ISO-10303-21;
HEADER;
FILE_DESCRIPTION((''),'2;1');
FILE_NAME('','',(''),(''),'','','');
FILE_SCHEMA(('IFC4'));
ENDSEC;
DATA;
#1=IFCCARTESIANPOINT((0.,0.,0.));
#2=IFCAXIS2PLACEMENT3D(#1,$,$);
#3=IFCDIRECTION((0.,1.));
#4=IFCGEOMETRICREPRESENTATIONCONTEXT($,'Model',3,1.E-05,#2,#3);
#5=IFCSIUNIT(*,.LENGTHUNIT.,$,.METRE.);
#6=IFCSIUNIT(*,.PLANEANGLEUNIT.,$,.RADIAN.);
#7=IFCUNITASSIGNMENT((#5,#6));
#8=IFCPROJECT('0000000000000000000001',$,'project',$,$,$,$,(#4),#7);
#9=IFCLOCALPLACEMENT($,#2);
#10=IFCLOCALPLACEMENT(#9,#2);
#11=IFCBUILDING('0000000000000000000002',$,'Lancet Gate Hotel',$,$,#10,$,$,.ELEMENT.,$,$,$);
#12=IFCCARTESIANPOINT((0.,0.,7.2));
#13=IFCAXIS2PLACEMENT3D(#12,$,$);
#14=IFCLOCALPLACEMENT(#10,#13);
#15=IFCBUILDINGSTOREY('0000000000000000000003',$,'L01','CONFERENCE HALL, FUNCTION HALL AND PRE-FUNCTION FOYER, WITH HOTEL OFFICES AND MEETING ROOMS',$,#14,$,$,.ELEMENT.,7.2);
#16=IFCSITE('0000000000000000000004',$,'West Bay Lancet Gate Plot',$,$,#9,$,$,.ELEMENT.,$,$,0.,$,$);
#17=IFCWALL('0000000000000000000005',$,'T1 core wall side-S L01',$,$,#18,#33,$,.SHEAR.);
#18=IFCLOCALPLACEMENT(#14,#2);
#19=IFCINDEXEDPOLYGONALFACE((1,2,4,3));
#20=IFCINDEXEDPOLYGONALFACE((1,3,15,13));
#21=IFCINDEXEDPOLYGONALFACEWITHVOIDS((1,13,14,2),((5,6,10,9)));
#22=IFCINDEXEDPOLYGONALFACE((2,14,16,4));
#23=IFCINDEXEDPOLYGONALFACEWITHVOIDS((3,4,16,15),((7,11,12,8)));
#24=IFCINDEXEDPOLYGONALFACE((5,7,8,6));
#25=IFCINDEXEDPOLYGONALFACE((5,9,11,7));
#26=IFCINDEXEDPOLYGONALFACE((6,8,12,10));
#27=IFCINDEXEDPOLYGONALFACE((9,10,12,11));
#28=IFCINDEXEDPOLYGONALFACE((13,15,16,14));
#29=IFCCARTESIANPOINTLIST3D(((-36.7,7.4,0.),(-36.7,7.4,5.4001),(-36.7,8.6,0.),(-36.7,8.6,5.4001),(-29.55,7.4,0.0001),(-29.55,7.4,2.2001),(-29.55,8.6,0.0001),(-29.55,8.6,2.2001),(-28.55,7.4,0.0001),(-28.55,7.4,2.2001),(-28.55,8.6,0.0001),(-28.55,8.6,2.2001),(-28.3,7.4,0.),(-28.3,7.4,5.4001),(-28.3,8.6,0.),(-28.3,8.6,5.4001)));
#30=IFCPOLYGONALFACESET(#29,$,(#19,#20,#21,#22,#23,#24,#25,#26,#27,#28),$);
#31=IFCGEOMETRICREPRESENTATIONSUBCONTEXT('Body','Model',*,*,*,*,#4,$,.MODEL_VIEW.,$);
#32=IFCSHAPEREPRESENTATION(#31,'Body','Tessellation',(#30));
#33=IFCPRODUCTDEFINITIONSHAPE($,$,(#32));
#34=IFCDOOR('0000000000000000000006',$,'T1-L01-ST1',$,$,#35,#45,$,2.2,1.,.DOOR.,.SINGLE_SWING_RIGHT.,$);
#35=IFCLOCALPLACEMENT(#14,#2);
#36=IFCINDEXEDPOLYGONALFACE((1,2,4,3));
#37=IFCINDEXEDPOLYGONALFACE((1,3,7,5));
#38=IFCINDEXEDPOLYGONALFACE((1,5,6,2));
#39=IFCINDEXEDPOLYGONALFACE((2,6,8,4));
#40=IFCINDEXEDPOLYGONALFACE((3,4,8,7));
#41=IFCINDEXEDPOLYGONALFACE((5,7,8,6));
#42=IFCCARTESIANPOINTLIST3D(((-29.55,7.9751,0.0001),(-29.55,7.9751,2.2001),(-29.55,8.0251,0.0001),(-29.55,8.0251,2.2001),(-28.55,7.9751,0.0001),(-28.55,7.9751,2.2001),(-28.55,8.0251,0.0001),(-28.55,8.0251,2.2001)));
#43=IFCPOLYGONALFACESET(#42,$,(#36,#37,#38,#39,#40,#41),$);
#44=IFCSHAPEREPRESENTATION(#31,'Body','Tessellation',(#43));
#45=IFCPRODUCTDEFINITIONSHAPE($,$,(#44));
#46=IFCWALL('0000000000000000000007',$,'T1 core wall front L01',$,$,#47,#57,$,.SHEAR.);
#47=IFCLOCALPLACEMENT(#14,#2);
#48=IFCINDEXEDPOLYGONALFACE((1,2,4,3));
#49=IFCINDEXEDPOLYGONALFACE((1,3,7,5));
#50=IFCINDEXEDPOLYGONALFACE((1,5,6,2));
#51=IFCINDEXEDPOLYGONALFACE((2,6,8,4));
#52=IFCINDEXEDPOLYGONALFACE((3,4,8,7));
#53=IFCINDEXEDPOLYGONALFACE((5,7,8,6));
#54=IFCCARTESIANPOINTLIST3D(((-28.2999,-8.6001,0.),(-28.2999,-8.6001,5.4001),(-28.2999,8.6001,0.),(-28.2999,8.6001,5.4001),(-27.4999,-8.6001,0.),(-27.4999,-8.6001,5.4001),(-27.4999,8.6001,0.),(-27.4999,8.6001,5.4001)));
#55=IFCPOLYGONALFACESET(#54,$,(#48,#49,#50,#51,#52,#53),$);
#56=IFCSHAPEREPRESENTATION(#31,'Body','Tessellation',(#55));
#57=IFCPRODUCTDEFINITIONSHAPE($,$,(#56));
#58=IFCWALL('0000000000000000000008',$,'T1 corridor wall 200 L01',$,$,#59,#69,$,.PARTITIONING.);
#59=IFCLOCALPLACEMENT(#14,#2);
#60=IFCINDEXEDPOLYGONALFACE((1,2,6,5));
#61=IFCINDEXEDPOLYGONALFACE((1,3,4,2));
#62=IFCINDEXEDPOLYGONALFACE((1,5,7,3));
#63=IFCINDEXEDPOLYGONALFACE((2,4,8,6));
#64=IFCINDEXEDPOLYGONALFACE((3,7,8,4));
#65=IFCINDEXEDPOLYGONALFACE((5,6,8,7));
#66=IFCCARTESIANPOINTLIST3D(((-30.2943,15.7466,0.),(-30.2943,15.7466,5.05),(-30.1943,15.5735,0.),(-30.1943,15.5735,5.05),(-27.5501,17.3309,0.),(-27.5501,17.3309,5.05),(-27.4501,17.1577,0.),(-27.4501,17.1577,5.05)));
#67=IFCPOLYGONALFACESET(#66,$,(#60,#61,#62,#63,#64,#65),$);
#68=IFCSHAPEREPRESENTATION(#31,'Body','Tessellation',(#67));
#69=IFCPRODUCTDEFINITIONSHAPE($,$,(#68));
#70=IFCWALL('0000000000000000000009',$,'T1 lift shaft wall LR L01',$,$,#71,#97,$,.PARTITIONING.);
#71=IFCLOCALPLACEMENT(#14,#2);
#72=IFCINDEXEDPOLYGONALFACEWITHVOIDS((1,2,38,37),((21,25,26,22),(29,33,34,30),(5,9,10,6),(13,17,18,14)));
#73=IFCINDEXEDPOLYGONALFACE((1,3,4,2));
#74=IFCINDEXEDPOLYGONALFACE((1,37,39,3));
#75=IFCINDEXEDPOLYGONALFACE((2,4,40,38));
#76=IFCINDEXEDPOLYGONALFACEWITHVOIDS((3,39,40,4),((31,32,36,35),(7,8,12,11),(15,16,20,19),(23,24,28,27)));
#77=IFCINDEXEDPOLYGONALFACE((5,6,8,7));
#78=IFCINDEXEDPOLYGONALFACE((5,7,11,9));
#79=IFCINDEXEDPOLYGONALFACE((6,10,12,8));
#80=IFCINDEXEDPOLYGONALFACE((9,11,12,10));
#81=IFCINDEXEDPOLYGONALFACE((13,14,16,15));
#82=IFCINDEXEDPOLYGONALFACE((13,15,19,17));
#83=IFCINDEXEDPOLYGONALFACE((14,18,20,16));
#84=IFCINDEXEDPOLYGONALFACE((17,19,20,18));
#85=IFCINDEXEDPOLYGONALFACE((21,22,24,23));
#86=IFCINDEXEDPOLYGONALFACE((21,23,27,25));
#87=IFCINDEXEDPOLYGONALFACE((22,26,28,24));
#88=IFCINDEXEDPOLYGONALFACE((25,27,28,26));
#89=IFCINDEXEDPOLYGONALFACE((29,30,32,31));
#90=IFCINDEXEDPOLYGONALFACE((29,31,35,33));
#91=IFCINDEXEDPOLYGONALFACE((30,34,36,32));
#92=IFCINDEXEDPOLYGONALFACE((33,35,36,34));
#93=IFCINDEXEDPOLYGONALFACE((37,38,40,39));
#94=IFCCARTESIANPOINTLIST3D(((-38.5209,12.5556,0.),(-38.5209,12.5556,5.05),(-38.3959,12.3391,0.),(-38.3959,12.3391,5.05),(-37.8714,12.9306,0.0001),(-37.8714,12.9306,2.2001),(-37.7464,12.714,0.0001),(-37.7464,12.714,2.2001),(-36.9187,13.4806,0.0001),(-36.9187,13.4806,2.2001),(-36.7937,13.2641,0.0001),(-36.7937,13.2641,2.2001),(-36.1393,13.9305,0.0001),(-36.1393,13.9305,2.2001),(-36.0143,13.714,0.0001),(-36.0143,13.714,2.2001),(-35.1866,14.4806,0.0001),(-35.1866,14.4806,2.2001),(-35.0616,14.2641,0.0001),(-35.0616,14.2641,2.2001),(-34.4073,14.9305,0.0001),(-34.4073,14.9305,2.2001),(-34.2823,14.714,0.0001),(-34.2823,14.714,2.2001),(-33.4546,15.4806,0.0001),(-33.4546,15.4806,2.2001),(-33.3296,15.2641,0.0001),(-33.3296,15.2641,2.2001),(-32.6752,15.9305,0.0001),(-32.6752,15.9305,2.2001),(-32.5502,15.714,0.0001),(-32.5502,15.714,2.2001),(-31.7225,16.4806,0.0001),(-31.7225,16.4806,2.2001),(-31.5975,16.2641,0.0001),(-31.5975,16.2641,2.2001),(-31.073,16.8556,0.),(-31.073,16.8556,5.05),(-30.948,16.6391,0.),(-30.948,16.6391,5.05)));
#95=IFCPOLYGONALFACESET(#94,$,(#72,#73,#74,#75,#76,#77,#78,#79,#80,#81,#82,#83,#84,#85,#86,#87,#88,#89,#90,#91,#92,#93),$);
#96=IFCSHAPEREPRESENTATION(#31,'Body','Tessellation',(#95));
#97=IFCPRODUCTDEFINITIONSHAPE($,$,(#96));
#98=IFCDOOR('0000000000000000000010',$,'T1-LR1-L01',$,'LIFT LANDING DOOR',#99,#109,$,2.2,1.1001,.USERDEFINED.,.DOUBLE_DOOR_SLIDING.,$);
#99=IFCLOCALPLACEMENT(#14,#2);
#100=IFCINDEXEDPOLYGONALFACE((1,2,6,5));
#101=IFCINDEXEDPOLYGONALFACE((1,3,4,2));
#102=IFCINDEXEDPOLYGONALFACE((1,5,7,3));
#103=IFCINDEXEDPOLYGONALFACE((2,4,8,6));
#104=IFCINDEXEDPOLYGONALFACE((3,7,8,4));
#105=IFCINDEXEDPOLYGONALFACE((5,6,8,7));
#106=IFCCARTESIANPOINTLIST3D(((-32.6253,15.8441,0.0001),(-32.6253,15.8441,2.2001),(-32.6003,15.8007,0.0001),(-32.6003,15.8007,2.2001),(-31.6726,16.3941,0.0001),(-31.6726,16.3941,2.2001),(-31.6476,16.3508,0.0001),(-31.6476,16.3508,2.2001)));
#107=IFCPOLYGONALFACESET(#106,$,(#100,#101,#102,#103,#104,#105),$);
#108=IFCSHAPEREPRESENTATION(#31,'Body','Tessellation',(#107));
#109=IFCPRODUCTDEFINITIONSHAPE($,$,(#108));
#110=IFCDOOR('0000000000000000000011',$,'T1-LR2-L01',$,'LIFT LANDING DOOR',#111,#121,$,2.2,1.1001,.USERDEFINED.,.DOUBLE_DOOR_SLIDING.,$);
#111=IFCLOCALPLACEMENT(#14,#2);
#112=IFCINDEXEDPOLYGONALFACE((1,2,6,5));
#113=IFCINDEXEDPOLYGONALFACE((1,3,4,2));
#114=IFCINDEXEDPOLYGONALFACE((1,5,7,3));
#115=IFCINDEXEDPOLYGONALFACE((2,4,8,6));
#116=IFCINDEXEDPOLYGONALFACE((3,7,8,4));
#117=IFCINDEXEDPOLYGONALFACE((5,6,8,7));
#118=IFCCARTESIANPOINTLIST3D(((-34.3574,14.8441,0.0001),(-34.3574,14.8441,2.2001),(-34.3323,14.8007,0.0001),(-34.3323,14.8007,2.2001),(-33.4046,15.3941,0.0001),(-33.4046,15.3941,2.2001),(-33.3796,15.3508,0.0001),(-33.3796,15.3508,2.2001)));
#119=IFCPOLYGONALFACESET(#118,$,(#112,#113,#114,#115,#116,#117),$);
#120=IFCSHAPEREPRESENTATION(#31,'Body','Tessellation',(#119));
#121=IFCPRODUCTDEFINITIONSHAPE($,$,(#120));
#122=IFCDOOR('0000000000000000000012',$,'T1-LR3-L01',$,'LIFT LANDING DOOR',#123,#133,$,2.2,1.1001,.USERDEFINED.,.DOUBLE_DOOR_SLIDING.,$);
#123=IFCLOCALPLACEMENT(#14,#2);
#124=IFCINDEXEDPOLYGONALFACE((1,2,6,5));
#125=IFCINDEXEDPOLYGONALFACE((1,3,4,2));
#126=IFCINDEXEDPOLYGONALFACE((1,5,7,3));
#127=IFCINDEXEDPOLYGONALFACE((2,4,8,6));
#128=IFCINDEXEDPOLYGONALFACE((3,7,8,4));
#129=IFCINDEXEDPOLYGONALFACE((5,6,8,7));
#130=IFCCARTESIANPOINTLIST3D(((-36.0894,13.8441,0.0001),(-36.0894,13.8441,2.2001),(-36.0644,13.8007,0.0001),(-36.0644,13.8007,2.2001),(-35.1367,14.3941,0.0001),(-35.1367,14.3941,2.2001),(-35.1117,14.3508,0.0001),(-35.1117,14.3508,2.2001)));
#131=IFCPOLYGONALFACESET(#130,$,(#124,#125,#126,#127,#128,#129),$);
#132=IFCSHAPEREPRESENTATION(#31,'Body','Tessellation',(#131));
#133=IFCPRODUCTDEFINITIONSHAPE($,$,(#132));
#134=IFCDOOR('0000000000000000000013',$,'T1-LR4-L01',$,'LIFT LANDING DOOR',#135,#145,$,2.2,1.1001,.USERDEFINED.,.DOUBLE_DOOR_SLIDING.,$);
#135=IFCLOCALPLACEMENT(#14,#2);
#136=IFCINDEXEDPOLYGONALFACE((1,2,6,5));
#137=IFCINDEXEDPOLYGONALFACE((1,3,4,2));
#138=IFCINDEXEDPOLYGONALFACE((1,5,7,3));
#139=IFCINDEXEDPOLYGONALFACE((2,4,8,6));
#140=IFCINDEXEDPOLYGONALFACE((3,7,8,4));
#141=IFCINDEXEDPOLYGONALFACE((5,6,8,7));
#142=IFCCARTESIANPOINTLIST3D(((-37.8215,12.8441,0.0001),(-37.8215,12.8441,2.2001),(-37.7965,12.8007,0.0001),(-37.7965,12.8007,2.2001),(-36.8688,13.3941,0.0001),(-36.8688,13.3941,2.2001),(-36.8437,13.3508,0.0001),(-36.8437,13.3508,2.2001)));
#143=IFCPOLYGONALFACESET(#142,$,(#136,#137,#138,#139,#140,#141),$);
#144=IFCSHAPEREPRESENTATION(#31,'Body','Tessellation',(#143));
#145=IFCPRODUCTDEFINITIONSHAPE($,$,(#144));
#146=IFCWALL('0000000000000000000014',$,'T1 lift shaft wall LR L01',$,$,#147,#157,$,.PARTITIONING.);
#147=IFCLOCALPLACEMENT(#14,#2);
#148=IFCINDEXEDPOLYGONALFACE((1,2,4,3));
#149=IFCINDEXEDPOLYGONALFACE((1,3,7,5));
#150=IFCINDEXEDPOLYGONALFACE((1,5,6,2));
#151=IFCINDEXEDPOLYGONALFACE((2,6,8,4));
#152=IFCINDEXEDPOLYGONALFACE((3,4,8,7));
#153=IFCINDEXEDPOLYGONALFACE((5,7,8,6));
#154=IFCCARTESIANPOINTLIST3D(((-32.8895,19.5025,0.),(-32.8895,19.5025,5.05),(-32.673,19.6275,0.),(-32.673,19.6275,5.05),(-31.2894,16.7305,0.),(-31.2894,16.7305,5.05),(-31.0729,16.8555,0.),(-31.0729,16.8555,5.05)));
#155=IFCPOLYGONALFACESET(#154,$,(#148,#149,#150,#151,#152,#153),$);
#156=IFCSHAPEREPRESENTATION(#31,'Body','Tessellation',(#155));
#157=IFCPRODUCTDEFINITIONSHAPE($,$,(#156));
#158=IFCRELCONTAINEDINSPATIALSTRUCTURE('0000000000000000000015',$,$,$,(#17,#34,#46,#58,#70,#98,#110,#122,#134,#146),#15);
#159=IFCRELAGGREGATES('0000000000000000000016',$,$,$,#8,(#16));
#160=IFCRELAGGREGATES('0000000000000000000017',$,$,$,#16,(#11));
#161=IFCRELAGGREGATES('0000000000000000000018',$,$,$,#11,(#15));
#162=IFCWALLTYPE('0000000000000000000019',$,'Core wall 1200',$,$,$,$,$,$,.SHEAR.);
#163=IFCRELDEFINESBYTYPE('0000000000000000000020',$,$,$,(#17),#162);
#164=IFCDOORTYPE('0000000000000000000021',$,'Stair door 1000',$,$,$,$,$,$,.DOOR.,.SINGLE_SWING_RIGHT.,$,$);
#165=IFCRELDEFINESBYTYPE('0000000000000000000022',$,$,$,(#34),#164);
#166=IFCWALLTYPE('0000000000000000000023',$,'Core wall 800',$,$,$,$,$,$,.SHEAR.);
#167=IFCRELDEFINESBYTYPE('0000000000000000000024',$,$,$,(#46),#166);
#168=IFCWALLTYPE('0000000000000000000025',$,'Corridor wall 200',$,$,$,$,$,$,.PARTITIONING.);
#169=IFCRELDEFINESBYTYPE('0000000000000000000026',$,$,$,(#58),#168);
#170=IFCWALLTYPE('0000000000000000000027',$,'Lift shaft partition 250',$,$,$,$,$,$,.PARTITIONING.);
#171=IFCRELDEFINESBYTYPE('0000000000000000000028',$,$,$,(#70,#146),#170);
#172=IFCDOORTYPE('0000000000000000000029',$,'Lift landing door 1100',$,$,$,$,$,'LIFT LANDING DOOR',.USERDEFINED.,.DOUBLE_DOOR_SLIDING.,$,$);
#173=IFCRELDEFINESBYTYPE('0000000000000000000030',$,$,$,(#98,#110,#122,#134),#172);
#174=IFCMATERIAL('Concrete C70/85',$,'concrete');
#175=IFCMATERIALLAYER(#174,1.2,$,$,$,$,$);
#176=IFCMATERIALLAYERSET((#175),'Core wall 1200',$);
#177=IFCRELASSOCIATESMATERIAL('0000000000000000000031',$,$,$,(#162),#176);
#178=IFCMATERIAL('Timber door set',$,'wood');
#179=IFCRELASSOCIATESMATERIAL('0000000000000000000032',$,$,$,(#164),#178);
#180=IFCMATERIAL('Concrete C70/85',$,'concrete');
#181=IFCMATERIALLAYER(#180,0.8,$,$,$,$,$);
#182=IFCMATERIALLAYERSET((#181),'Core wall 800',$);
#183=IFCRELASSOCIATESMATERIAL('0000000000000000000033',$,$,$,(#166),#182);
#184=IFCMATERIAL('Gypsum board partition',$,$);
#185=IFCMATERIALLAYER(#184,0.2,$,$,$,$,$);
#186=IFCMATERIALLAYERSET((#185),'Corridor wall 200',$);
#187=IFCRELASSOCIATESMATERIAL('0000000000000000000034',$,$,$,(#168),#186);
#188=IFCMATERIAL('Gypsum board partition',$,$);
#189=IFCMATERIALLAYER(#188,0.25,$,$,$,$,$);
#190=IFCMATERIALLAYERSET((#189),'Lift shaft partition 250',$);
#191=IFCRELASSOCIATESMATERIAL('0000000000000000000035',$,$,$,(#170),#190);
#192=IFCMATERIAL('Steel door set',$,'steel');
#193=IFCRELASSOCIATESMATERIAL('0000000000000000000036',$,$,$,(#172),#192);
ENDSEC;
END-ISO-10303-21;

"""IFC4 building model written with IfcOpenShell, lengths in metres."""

from ifc_helpers import new_model, si_unit, direction, frame, frame_2d, origin, place, context, subcontext, project, spatial, rectangle, extrude, material, layer, layer_set, type_object, element, fill, save


model = new_model("IFC4")

# Units and contexts
model_context = context("Model", 3, precision=1e-05, world=origin(), true_north=direction((0.0, 1.0)))
body_context = subcontext(model_context, "Body", "Model", "MODEL_VIEW")
ifc_project = project(units=[si_unit("LENGTHUNIT", "METRE"), si_unit("PLANEANGLEUNIT", "RADIAN")], contexts=[model_context])

# Site, building, storey
site_placement = place(None, origin())
site = spatial("IfcSite", under=ifc_project, at=site_placement, Name="West Bay Lancet Gate Plot", CompositionType="ELEMENT", RefElevation=0.0)
building_placement = place(site_placement, origin())
building = spatial("IfcBuilding", under=site, at=building_placement, Name="Lancet Gate Hotel", CompositionType="ELEMENT")
storey_placement = place(building_placement, frame((0.0, 0.0, 7.2)))
storey = spatial("IfcBuildingStorey", under=building, at=storey_placement, Name="L01", Description="CONFERENCE HALL, FUNCTION HALL AND PRE-FUNCTION FOYER, WITH HOTEL OFFICES AND MEETING ROOMS", CompositionType="ELEMENT", Elevation=7.2)

# Wall, opening, door
ifc_material_1 = material(Name="Concrete C70/85", Category="concrete")
ifc_layer_1 = layer(ifc_material_1, 1.2)
ifc_layer_set_1 = layer_set([ifc_layer_1], Name="Core wall 1200")
wall_type_1 = type_object("IfcWallType", Name="Core wall 1200", PredefinedType="SHEAR", material=ifc_layer_set_1)
wall_1_placement = place(storey_placement, frame((-28.3, 8.0, 0.0), z_axis=(0.0, 0.0, 1.0), x_axis=(-1.0, 0.0, 0.0)))
wall_1 = element("IfcWall", 1, at=wall_1_placement, inside=storey, type_object=wall_type_1, Name="T1 core wall side-S L01", PredefinedType="SHEAR", context=body_context, shape_type="SweptSolid", body=[
    extrude(rectangle(XDim=8.3999, YDim=1.2, at=frame_2d((4.2, 0.0))), origin(), (0.0, 0.0, 1.0), 5.4001),
])
opening_1_placement = place(wall_1_placement, frame((0.25, 0.0, 0.0)))
opening_1 = element("IfcOpeningElement", 2, at=opening_1_placement, cuts=wall_1, PredefinedType="OPENING", context=body_context, shape_type="SweptSolid", body=[
    extrude(rectangle(XDim=1.0, YDim=2.2, at=frame_2d((0.5, 1.1001))), frame((0.0, 0.6099, 0.0), z_axis=(0.0, -1.0, 0.0), x_axis=(1.0, 0.0, 0.0)), (0.0, 0.0, 1.0), 1.22),
])
ifc_material_2 = material(Name="Timber door set", Category="wood")
door_type_1 = type_object("IfcDoorType", Name="Stair door 1000", OperationType="SINGLE_SWING_RIGHT", PredefinedType="DOOR", material=ifc_material_2)
door_1_placement = place(opening_1_placement, origin())
door_1 = element("IfcDoor", 3, at=door_1_placement, inside=storey, type_object=door_type_1, Name="T1-L01-ST1", OperationType="SINGLE_SWING_RIGHT", OverallHeight=2.2, OverallWidth=1.0, PredefinedType="DOOR", context=body_context, shape_type="SweptSolid", body=[
    extrude(rectangle(XDim=1.0, YDim=2.2, at=frame_2d((0.5, 1.1001))), frame((0.0, 0.0249, 0.0), z_axis=(0.0, -1.0, 0.0), x_axis=(1.0, 0.0, 0.0)), (0.0, 0.0, 1.0), 0.05),
])
fill(opening_1, door_1)

# Walls
ifc_material_3 = material(Name="Concrete C70/85", Category="concrete")
ifc_layer_2 = layer(ifc_material_3, 0.8)
ifc_layer_set_2 = layer_set([ifc_layer_2], Name="Core wall 800")
wall_type_2 = type_object("IfcWallType", Name="Core wall 800", PredefinedType="SHEAR", material=ifc_layer_set_2)
wall_2_placement = place(storey_placement, frame((-27.8999, 8.6001, 0.0), z_axis=(0.0, 0.0, 1.0), x_axis=(0.0, -1.0, 0.0)))
element("IfcWall", 4, at=wall_2_placement, inside=storey, type_object=wall_type_2, Name="T1 core wall front L01", PredefinedType="SHEAR", context=body_context, shape_type="SweptSolid", body=[
    extrude(rectangle(XDim=17.2002, YDim=0.8, at=frame_2d((8.6001, 0.0))), origin(), (0.0, 0.0, 1.0), 5.4001),
])
ifc_material_4 = material(Name="Gypsum board partition")
ifc_layer_3 = layer(ifc_material_4, 0.2)
ifc_layer_set_3 = layer_set([ifc_layer_3], Name="Corridor wall 200")
wall_type_3 = type_object("IfcWallType", Name="Corridor wall 200", PredefinedType="PARTITIONING", material=ifc_layer_set_3)
wall_3_placement = place(storey_placement, frame((-27.5, 17.2444, 0.0), z_axis=(0.0, 0.0, 1.0), x_axis=(-0.866039, -0.499976, 0.0)))
element("IfcWall", 5, at=wall_3_placement, inside=storey, type_object=wall_type_3, Name="T1 corridor wall 200 L01", PredefinedType="PARTITIONING", context=body_context, shape_type="SweptSolid", body=[
    extrude(rectangle(XDim=3.1687, YDim=0.2, at=frame_2d((1.5845, 0.0))), origin(), (0.0, 0.0, 1.0), 5.05),
])

# Wall, openings, doors
ifc_material_5 = material(Name="Gypsum board partition")
ifc_layer_4 = layer(ifc_material_5, 0.25)
ifc_layer_set_4 = layer_set([ifc_layer_4], Name="Lift shaft partition 250")
wall_type_4 = type_object("IfcWallType", Name="Lift shaft partition 250", PredefinedType="PARTITIONING", material=ifc_layer_set_4)
wall_4_placement = place(storey_placement, frame((-31.0105, 16.7473, 0.0), z_axis=(0.0, 0.0, 1.0), x_axis=(-0.866028, -0.499995, 0.0)))
wall_4 = element("IfcWall", 6, at=wall_4_placement, inside=storey, type_object=wall_type_4, Name="T1 lift shaft wall LR L01", PredefinedType="PARTITIONING", context=body_context, shape_type="SweptSolid", body=[
    extrude(rectangle(XDim=8.6001, YDim=0.25, at=frame_2d((4.3, 0.0))), origin(), (0.0, 0.0, 1.0), 5.05),
])
opening_2_placement = place(wall_4_placement, frame((0.75, 0.0, 0.0)))
opening_2 = element("IfcOpeningElement", 7, at=opening_2_placement, cuts=wall_4, PredefinedType="OPENING", context=body_context, shape_type="SweptSolid", body=[
    extrude(rectangle(XDim=1.1001, YDim=2.2, at=frame_2d((0.55, 1.1001))), frame((0.0, 0.135, 0.0), z_axis=(0.0, -1.0, 0.0), x_axis=(1.0, 0.0, 0.0)), (0.0, 0.0, 1.0), 0.27),
])
opening_3_placement = place(wall_4_placement, frame((2.75, 0.0, 0.0)))
opening_3 = element("IfcOpeningElement", 8, at=opening_3_placement, cuts=wall_4, PredefinedType="OPENING", context=body_context, shape_type="SweptSolid", body=[
    extrude(rectangle(XDim=1.1001, YDim=2.2, at=frame_2d((0.55, 1.1001))), frame((0.0, 0.135, 0.0), z_axis=(0.0, -1.0, 0.0), x_axis=(1.0, 0.0, 0.0)), (0.0, 0.0, 1.0), 0.27),
])
opening_4_placement = place(wall_4_placement, frame((4.75, 0.0, 0.0)))
opening_4 = element("IfcOpeningElement", 9, at=opening_4_placement, cuts=wall_4, PredefinedType="OPENING", context=body_context, shape_type="SweptSolid", body=[
    extrude(rectangle(XDim=1.1001, YDim=2.2, at=frame_2d((0.55, 1.1001))), frame((0.0, 0.135, 0.0), z_axis=(0.0, -1.0, 0.0), x_axis=(1.0, 0.0, 0.0)), (0.0, 0.0, 1.0), 0.27),
])
opening_5_placement = place(wall_4_placement, frame((6.75, 0.0, 0.0)))
opening_5 = element("IfcOpeningElement", 10, at=opening_5_placement, cuts=wall_4, PredefinedType="OPENING", context=body_context, shape_type="SweptSolid", body=[
    extrude(rectangle(XDim=1.1001, YDim=2.2, at=frame_2d((0.55, 1.1001))), frame((0.0, 0.135, 0.0), z_axis=(0.0, -1.0, 0.0), x_axis=(1.0, 0.0, 0.0)), (0.0, 0.0, 1.0), 0.27),
])
ifc_material_6 = material(Name="Steel door set", Category="steel")
door_type_2 = type_object("IfcDoorType", Name="Lift landing door 1100", ElementType="LIFT LANDING DOOR", OperationType="DOUBLE_DOOR_SLIDING", PredefinedType="USERDEFINED", material=ifc_material_6)
door_2_placement = place(opening_2_placement, origin())
door_2 = element("IfcDoor", 11, at=door_2_placement, inside=storey, type_object=door_type_2, Name="T1-LR1-L01", ObjectType="LIFT LANDING DOOR", OperationType="DOUBLE_DOOR_SLIDING", OverallHeight=2.2, OverallWidth=1.1001, PredefinedType="USERDEFINED", context=body_context, shape_type="SweptSolid", body=[
    extrude(rectangle(XDim=1.1001, YDim=2.2, at=frame_2d((0.55, 1.1001))), frame((0.0, 0.0249, 0.0), z_axis=(0.0, -1.0, 0.0), x_axis=(1.0, 0.0, 0.0)), (0.0, 0.0, 1.0), 0.05),
])
fill(opening_2, door_2)
door_3_placement = place(opening_3_placement, origin())
door_3 = element("IfcDoor", 12, at=door_3_placement, inside=storey, type_object=door_type_2, Name="T1-LR2-L01", ObjectType="LIFT LANDING DOOR", OperationType="DOUBLE_DOOR_SLIDING", OverallHeight=2.2, OverallWidth=1.1001, PredefinedType="USERDEFINED", context=body_context, shape_type="SweptSolid", body=[
    extrude(rectangle(XDim=1.1001, YDim=2.2, at=frame_2d((0.55, 1.1001))), frame((0.0, 0.0249, 0.0), z_axis=(0.0, -1.0, 0.0), x_axis=(1.0, 0.0, 0.0)), (0.0, 0.0, 1.0), 0.05),
])
fill(opening_3, door_3)
door_4_placement = place(opening_4_placement, origin())
door_4 = element("IfcDoor", 13, at=door_4_placement, inside=storey, type_object=door_type_2, Name="T1-LR3-L01", ObjectType="LIFT LANDING DOOR", OperationType="DOUBLE_DOOR_SLIDING", OverallHeight=2.2, OverallWidth=1.1001, PredefinedType="USERDEFINED", context=body_context, shape_type="SweptSolid", body=[
    extrude(rectangle(XDim=1.1001, YDim=2.2, at=frame_2d((0.55, 1.1001))), frame((0.0, 0.0249, 0.0), z_axis=(0.0, -1.0, 0.0), x_axis=(1.0, 0.0, 0.0)), (0.0, 0.0, 1.0), 0.05),
])
fill(opening_4, door_4)
door_5_placement = place(opening_5_placement, origin())
door_5 = element("IfcDoor", 14, at=door_5_placement, inside=storey, type_object=door_type_2, Name="T1-LR4-L01", ObjectType="LIFT LANDING DOOR", OperationType="DOUBLE_DOOR_SLIDING", OverallHeight=2.2, OverallWidth=1.1001, PredefinedType="USERDEFINED", context=body_context, shape_type="SweptSolid", body=[
    extrude(rectangle(XDim=1.1001, YDim=2.2, at=frame_2d((0.55, 1.1001))), frame((0.0, 0.0249, 0.0), z_axis=(0.0, -1.0, 0.0), x_axis=(1.0, 0.0, 0.0)), (0.0, 0.0, 1.0), 0.05),
])
fill(opening_5, door_5)

# Wall
wall_5_placement = place(storey_placement, frame((-31.1812, 16.793, 0.0), z_axis=(0.0, 0.0, 1.0), x_axis=(-0.499929, 0.866066, 0.0)))
element("IfcWall", 15, at=wall_5_placement, inside=storey, type_object=wall_type_4, Name="T1 lift shaft wall LR L01", PredefinedType="PARTITIONING", context=body_context, shape_type="SweptSolid", body=[
    extrude(rectangle(XDim=3.2007, YDim=0.25, at=frame_2d((1.6003, 0.0))), origin(), (0.0, 0.0, 1.0), 5.05),
])

save(model, "model.ifc")
